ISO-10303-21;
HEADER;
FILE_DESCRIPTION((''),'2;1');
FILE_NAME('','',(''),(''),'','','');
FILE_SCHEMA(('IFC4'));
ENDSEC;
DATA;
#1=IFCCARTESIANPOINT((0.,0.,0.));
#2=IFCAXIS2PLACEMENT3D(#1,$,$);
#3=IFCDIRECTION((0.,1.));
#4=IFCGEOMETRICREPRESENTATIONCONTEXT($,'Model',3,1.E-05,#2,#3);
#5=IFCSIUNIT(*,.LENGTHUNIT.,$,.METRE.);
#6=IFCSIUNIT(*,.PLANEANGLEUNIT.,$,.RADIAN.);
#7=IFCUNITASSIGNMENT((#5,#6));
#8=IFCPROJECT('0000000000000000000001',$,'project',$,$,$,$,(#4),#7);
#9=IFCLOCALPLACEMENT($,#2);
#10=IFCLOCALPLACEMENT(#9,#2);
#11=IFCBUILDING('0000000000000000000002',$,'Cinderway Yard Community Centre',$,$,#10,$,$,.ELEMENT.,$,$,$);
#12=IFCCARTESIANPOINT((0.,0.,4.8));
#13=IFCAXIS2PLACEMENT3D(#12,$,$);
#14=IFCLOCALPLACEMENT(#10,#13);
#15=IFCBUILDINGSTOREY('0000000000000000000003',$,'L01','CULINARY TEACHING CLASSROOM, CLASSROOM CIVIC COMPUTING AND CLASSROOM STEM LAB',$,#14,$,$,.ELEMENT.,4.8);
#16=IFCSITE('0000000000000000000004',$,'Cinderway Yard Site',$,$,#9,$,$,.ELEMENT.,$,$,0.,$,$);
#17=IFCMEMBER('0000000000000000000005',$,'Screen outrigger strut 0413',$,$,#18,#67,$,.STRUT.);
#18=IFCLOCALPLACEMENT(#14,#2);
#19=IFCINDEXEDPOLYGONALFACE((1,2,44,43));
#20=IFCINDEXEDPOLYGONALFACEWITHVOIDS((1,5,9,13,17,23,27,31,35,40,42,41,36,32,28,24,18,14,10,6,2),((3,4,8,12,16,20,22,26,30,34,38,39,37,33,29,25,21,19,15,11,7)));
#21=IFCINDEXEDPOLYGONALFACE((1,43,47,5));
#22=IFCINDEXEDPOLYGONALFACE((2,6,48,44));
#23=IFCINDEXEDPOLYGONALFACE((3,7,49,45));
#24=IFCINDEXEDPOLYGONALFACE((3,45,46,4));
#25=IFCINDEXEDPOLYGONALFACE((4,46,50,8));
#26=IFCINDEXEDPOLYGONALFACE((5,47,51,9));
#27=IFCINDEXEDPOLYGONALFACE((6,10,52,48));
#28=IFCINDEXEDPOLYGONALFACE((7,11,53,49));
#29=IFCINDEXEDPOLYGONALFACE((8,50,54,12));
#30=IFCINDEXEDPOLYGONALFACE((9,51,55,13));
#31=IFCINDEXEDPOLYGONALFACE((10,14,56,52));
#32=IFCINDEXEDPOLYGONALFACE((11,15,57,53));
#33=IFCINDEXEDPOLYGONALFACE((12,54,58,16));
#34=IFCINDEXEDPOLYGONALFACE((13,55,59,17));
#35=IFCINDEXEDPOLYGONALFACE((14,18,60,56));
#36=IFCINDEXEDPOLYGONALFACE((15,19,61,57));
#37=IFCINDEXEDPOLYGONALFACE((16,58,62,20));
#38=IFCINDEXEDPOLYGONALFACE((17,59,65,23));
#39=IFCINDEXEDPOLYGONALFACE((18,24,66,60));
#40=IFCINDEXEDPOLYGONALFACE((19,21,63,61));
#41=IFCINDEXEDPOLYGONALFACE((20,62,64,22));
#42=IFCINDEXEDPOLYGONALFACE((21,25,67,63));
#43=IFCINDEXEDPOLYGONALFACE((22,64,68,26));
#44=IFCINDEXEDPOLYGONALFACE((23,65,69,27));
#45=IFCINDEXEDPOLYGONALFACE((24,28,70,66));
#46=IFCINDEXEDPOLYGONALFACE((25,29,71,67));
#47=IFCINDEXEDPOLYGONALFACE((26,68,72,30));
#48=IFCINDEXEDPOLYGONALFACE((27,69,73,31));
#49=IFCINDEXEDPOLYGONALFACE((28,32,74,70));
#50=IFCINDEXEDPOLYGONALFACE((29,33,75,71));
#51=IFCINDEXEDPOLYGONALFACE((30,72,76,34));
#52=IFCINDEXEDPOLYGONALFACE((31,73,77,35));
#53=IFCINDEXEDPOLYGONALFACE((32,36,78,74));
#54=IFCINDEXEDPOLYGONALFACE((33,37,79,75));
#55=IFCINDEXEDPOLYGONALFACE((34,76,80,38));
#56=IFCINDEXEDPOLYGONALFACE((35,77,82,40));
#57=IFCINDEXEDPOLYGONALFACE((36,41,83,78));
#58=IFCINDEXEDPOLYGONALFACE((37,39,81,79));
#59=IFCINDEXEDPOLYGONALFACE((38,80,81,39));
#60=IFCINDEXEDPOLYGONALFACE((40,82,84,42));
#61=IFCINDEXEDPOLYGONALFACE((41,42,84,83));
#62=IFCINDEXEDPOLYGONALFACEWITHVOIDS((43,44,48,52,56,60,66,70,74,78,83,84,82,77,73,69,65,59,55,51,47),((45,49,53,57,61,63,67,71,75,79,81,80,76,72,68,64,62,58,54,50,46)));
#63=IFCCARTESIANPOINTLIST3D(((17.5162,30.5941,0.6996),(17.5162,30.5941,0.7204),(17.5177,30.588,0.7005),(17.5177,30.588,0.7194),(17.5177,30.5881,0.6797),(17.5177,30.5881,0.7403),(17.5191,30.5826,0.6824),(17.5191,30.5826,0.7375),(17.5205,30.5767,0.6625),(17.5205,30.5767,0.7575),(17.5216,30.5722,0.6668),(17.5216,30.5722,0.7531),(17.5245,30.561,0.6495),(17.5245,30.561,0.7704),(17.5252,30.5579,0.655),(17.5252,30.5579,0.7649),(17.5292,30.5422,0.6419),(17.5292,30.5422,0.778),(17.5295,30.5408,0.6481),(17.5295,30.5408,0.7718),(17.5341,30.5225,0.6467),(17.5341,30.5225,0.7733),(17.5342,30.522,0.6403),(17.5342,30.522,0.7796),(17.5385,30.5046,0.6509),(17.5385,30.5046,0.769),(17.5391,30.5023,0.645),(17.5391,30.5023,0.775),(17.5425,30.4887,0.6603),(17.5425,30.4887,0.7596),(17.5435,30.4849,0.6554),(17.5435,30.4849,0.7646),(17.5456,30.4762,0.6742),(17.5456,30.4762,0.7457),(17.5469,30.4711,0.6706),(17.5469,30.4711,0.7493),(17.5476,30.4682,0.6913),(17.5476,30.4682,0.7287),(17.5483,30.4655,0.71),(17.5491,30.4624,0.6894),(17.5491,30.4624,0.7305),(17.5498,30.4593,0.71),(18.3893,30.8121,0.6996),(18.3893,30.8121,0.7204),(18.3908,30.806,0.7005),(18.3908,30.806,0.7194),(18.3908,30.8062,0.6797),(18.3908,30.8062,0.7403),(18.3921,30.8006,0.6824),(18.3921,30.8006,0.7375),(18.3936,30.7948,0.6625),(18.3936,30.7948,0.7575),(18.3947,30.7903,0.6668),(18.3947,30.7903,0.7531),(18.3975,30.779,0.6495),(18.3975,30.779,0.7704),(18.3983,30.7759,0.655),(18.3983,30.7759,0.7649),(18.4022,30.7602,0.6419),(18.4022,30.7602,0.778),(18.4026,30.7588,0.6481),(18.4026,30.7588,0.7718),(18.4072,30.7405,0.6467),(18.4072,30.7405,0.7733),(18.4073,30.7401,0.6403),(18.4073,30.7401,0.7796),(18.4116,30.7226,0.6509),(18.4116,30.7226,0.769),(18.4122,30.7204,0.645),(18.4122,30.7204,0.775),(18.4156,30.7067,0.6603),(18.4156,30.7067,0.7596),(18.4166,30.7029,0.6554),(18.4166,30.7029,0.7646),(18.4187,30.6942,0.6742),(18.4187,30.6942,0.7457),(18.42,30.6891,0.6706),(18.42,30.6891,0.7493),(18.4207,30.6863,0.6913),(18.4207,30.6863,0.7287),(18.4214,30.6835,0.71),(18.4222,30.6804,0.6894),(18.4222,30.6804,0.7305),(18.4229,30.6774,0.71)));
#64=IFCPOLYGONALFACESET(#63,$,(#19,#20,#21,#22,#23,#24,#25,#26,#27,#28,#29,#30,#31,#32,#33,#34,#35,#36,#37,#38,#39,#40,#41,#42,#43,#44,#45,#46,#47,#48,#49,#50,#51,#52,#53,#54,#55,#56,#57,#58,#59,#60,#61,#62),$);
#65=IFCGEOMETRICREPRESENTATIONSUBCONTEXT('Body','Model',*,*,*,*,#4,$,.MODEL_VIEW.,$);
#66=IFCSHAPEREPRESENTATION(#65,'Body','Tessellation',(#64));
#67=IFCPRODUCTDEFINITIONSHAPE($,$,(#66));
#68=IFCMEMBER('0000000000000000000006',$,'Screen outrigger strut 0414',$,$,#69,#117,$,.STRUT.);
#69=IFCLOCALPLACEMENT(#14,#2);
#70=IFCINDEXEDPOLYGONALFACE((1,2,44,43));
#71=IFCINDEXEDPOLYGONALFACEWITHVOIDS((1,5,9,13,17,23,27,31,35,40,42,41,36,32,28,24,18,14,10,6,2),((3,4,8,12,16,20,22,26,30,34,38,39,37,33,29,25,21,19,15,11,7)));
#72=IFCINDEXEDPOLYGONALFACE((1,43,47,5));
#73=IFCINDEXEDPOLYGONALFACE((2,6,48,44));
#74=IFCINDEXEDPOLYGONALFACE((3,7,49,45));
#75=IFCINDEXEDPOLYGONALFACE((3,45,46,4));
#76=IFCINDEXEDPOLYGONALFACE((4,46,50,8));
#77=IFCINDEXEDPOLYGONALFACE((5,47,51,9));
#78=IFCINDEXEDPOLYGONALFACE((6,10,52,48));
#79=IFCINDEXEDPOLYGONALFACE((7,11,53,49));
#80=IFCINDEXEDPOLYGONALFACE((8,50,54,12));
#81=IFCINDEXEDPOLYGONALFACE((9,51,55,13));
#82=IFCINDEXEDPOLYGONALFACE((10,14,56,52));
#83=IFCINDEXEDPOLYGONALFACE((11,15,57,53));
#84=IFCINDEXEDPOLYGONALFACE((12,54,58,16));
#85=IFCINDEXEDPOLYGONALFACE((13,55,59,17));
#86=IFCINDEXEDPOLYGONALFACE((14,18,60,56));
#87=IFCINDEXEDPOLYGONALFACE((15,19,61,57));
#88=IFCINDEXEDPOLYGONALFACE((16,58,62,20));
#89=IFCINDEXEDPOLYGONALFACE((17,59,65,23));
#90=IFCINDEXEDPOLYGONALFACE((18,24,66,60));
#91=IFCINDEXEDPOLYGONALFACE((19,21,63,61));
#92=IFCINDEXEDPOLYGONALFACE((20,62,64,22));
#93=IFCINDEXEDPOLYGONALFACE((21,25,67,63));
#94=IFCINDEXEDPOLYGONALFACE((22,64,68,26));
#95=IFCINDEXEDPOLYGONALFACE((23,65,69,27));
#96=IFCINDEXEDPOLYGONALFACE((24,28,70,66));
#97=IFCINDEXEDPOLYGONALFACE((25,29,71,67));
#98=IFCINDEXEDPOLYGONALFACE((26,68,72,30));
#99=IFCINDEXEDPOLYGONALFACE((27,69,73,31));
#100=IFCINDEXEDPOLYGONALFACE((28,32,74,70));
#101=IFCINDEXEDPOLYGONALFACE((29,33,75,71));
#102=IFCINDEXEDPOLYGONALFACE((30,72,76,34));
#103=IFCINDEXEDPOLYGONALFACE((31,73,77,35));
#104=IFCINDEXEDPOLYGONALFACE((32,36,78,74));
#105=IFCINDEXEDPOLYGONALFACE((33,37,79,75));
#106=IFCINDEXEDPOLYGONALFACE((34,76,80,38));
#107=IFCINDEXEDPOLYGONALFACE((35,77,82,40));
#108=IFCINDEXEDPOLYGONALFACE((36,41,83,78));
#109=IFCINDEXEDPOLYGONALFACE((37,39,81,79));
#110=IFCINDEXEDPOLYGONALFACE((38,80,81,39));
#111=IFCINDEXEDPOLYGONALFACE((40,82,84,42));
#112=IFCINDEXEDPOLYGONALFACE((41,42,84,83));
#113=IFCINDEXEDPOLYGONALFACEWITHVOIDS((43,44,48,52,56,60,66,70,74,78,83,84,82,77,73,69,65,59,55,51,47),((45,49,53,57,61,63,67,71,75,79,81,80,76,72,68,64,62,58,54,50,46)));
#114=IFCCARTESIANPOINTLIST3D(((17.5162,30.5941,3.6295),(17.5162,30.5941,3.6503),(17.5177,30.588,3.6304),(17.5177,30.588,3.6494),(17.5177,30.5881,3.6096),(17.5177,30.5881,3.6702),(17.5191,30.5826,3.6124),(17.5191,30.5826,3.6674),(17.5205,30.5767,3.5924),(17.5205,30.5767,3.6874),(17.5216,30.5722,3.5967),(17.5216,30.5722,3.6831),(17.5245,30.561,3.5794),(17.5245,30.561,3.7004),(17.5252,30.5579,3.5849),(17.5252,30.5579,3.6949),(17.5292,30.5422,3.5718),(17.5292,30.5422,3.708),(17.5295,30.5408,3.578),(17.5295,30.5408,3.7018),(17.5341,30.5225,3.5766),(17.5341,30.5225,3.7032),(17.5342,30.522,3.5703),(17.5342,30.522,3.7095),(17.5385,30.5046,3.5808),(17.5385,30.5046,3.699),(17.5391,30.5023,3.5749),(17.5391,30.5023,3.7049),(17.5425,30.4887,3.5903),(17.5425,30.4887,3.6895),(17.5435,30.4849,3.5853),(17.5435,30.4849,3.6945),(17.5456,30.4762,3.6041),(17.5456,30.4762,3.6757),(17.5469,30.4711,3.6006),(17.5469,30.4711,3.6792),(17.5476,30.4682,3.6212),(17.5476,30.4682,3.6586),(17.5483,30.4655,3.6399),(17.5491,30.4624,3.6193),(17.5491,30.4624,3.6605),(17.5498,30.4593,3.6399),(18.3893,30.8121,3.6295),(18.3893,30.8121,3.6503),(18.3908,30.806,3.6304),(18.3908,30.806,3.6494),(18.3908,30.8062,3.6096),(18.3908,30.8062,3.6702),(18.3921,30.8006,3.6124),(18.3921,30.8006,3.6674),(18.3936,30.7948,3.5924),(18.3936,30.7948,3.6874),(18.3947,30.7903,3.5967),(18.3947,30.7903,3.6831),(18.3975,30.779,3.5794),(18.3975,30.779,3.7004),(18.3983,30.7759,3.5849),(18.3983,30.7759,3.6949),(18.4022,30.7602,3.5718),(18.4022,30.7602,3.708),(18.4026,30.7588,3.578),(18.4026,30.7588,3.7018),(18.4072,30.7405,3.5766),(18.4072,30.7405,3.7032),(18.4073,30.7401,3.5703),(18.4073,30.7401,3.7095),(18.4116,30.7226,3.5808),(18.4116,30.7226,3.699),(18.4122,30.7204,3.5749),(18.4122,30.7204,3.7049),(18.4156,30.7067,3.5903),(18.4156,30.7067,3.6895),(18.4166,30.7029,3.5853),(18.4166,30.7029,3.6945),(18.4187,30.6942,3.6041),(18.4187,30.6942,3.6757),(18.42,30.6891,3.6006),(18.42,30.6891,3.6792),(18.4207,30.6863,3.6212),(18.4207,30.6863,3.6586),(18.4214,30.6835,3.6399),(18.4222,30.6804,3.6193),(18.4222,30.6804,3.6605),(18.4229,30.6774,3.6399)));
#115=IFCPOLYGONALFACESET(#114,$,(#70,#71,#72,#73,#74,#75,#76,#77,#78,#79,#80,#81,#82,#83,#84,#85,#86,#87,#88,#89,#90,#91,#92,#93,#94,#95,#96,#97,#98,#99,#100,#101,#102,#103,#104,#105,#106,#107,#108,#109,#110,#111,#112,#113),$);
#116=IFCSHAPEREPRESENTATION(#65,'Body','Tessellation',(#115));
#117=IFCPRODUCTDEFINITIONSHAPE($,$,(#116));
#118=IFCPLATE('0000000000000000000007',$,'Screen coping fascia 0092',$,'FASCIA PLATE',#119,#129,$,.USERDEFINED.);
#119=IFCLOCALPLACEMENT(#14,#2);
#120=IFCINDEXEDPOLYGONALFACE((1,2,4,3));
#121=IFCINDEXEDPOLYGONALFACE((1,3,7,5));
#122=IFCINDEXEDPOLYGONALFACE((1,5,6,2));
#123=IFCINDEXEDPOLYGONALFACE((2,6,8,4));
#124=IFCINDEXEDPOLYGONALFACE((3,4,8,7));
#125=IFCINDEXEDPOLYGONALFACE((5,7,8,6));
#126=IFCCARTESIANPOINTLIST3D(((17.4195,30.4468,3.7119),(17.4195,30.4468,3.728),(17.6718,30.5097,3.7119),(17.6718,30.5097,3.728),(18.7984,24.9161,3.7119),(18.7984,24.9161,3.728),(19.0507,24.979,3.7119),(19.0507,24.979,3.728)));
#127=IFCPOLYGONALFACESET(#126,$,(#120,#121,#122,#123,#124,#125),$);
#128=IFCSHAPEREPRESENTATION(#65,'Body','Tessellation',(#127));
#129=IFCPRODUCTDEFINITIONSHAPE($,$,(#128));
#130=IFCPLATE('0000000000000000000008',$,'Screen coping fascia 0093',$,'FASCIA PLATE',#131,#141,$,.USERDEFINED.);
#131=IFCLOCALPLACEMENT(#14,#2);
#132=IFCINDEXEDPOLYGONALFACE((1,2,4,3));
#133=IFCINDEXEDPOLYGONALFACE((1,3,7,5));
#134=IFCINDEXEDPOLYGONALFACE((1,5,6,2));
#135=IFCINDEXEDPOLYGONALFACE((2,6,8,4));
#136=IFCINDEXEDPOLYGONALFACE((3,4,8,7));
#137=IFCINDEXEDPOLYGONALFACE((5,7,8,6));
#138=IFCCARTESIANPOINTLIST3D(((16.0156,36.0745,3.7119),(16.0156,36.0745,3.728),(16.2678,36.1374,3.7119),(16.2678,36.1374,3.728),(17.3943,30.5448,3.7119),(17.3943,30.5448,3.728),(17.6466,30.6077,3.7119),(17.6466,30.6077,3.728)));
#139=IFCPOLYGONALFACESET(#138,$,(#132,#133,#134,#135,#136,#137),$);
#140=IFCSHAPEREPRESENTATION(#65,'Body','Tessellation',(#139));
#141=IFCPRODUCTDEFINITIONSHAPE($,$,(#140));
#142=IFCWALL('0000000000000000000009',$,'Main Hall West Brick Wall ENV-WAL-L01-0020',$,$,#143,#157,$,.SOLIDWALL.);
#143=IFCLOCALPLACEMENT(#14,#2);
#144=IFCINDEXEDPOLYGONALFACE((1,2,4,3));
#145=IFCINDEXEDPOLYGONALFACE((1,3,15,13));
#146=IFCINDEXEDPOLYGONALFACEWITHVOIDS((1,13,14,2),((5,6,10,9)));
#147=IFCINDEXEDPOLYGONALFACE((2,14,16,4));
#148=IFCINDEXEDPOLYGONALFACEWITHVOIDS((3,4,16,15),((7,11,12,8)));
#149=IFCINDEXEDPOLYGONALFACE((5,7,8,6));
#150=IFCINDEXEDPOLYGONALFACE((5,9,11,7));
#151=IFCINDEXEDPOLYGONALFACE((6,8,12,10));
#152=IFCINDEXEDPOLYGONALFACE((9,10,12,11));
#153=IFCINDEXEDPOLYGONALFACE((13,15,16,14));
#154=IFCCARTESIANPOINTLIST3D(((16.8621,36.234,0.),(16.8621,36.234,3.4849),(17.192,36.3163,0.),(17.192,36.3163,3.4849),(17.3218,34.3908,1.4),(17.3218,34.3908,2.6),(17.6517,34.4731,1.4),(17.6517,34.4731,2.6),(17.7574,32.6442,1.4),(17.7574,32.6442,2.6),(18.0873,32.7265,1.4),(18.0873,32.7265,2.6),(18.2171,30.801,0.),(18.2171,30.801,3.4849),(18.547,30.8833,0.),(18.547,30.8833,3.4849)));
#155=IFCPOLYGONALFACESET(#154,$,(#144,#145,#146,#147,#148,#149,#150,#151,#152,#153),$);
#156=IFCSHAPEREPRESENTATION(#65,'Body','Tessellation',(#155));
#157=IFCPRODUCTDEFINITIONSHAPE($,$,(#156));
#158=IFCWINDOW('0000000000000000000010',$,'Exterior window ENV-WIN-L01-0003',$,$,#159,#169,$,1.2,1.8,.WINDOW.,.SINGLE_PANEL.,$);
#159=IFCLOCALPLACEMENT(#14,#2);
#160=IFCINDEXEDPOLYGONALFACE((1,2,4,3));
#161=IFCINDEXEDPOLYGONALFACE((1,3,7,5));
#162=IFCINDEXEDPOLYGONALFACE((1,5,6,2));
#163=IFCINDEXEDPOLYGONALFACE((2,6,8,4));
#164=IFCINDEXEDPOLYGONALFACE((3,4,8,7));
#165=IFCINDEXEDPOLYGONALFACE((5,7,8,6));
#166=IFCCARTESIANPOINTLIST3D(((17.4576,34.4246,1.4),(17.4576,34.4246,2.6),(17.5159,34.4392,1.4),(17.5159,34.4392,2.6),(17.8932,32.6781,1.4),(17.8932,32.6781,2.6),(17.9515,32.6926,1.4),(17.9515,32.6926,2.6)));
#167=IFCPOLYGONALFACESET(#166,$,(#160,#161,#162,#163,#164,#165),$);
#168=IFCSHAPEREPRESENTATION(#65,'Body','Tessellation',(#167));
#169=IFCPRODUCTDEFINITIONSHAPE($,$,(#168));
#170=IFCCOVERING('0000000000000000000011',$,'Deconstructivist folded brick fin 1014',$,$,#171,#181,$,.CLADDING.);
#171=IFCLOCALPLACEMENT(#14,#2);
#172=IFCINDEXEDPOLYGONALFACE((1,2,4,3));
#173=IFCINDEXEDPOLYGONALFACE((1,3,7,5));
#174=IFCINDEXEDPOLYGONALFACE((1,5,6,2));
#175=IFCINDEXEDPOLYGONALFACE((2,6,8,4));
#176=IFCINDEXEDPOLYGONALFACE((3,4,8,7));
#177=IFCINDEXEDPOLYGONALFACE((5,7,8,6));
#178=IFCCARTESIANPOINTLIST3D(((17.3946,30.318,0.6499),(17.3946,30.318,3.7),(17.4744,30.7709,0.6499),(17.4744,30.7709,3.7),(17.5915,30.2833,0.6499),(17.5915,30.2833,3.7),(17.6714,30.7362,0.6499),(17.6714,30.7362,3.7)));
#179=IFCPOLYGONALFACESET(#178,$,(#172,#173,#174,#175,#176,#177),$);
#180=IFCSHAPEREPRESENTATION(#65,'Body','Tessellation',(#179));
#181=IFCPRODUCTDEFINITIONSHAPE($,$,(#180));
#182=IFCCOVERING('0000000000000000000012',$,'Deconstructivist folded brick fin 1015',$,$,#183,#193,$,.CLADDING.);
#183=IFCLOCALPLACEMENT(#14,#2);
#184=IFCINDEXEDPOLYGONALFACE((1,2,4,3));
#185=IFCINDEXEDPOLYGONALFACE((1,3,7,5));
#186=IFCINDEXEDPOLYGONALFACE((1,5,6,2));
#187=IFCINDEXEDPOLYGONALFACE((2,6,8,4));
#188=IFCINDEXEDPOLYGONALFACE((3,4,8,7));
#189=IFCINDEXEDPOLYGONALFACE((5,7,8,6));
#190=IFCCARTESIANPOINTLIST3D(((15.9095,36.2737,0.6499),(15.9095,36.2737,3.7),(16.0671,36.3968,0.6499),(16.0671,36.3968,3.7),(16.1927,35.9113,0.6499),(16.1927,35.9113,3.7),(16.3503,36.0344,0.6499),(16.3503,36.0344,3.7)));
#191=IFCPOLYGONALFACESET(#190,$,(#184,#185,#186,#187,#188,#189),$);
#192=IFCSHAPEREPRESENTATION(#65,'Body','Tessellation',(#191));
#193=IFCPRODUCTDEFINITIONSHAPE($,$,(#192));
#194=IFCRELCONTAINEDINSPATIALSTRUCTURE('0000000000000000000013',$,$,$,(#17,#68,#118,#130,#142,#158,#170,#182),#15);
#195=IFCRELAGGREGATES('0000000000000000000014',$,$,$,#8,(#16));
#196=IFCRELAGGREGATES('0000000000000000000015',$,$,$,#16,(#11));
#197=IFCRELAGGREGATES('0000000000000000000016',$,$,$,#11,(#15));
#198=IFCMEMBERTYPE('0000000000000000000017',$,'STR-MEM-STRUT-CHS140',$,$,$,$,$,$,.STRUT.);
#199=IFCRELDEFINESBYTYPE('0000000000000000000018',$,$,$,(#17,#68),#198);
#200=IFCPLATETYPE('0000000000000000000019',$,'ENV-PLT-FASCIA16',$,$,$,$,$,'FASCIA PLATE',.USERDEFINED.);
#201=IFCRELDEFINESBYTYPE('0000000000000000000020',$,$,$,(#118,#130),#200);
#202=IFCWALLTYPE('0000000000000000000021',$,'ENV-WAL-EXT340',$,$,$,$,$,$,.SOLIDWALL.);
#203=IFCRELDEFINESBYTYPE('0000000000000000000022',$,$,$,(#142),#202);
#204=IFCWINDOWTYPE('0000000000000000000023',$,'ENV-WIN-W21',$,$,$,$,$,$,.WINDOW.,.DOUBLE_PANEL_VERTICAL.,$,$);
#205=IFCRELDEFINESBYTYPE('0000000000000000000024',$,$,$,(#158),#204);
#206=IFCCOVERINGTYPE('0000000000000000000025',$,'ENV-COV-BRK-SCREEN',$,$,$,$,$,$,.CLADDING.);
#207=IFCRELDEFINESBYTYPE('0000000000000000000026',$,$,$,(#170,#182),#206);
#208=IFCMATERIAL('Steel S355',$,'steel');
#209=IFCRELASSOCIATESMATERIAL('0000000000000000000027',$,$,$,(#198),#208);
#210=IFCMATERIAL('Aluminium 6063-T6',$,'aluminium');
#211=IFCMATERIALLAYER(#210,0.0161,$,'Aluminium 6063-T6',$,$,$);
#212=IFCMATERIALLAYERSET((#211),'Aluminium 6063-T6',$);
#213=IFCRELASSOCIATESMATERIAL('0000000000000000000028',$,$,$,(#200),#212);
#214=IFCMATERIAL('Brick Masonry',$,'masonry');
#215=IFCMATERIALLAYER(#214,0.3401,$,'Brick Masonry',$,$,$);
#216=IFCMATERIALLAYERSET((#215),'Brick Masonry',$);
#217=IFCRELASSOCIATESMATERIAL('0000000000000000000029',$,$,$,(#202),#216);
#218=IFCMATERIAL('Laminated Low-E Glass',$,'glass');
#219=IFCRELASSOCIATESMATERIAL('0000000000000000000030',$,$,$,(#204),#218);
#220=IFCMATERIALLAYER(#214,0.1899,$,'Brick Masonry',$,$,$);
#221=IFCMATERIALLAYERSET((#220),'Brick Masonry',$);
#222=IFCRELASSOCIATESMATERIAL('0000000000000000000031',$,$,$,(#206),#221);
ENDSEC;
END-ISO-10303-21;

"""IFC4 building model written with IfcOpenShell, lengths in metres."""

from ifc_helpers import new_model, si_unit, direction, frame, frame_2d, origin, origin_2d, place, context, subcontext, project, spatial, rectangle, hollow_circle, extrude, material, layer, layer_set, material_profile, profile_set, type_object, element, fill, save


model = new_model("IFC4")

# Units and contexts
model_context = context("Model", 3, precision=1e-05, world=origin(), true_north=direction((0.0, 1.0)))
body_context = subcontext(model_context, "Body", "Model", "MODEL_VIEW")
ifc_project = project(units=[si_unit("LENGTHUNIT", "METRE"), si_unit("PLANEANGLEUNIT", "RADIAN")], contexts=[model_context])

# Site, building, storey
site_placement = place(None, origin())
site = spatial("IfcSite", under=ifc_project, at=site_placement, Name="Cinderway Yard Site", CompositionType="ELEMENT", RefElevation=0.0)
building_placement = place(site_placement, origin())
building = spatial("IfcBuilding", under=site, at=building_placement, Name="Cinderway Yard Community Centre", CompositionType="ELEMENT")
storey_placement = place(building_placement, frame((0.0, 0.0, 4.8)))
storey = spatial("IfcBuildingStorey", under=building, at=storey_placement, Name="L01", Description="CULINARY TEACHING CLASSROOM, CLASSROOM CIVIC COMPUTING AND CLASSROOM STEM LAB", CompositionType="ELEMENT", Elevation=4.8)

# Shared definitions
ifc_material_1 = material(Name="Steel S355", Category="steel")

# Members
ifc_material_profile_1 = material_profile(ifc_material_1, hollow_circle(Radius=0.0698, WallThickness=0.0063, at=origin_2d()), Name="Steel S355")
ifc_profile_set_1 = profile_set([ifc_material_profile_1], Name="Steel S355")
member_type_1 = type_object("IfcMemberType", Name="STR-MEM-STRUT-CHS140", PredefinedType="STRUT", material=ifc_profile_set_1)
for number, where, z_axis, x_axis, name in (
    (1, (18.406, 30.7451, 0.71), (-0.970206, -0.24228, 0.0), (0.24228, -0.970206, 0.0), "Screen outrigger strut 0413"),
    (2, (18.406, 30.7451, 3.6399), (-0.970206, -0.24228, 0.0), (0.24228, -0.970206, 0.0), "Screen outrigger strut 0414"),
):
    element("IfcMember", number, at=place(storey_placement, frame(where, z_axis=z_axis, x_axis=x_axis)), inside=storey, type_object=member_type_1, Name=name, PredefinedType="STRUT", context=body_context, shape_type="SweptSolid", body=[
        extrude(hollow_circle(Radius=0.0698, WallThickness=0.0063, at=origin_2d()), origin(), (0.0, 0.0, 1.0), 0.8999),
    ])

# Plates
ifc_material_2 = material(Name="Aluminium 6063-T6", Category="aluminium")
ifc_layer_1 = layer(ifc_material_2, 0.0161, Name="Aluminium 6063-T6")
ifc_layer_set_1 = layer_set([ifc_layer_1], Name="Aluminium 6063-T6")
plate_type = type_object("IfcPlateType", Name="ENV-PLT-FASCIA16", ElementType="FASCIA PLATE", PredefinedType="USERDEFINED", material=ifc_layer_set_1)
plate_1_placement = place(storey_placement, frame((18.2351, 27.7129, 3.7119), z_axis=(0.0, 0.0, 1.0), x_axis=(-0.241922, 0.970296, 0.0)))
element("IfcPlate", 3, at=plate_1_placement, inside=storey, type_object=plate_type, Name="Screen coping fascia 0092", ObjectType="FASCIA PLATE", PredefinedType="USERDEFINED", context=body_context, shape_type="SweptSolid", body=[
    extrude(rectangle(XDim=5.7, YDim=0.26, at=origin_2d()), origin(), (0.0, 0.0, 1.0), 0.0161),
])
plate_2_placement = place(storey_placement, frame((16.8311, 33.3411, 3.7119), z_axis=(0.0, 0.0, 1.0), x_axis=(-0.241922, 0.970296, 0.0)))
element("IfcPlate", 4, at=plate_2_placement, inside=storey, type_object=plate_type, Name="Screen coping fascia 0093", ObjectType="FASCIA PLATE", PredefinedType="USERDEFINED", context=body_context, shape_type="SweptSolid", body=[
    extrude(rectangle(XDim=5.699, YDim=0.26, at=origin_2d()), origin(), (0.0, 0.0, 1.0), 0.0161),
])

# Wall, opening, window
ifc_material_3 = material(Name="Brick Masonry", Category="masonry")
ifc_layer_2 = layer(ifc_material_3, 0.3401, Name="Brick Masonry")
ifc_layer_set_2 = layer_set([ifc_layer_2], Name="Brick Masonry")
wall_type = type_object("IfcWallType", Name="ENV-WAL-EXT340", PredefinedType="SOLIDWALL", material=ifc_layer_set_2)
wall_placement = place(storey_placement, frame((18.3821, 30.842, 0.0), z_axis=(0.0, 0.0, 1.0), x_axis=(-0.241992, 0.970278, 0.0)))
wall = element("IfcWall", 5, at=wall_placement, inside=storey, type_object=wall_type, Name="Main Hall West Brick Wall ENV-WAL-L01-0020", PredefinedType="SOLIDWALL", context=body_context, shape_type="SweptSolid", body=[
    extrude(rectangle(XDim=5.5994, YDim=0.3401, at=frame_2d((2.7998, 0.0))), origin(), (0.0, 0.0, 1.0), 3.4849),
])
opening_placement = place(wall_placement, frame((1.8999, 0.0, 1.3999)))
opening = element("IfcOpeningElement", 6, at=opening_placement, cuts=wall, PredefinedType="OPENING", context=body_context, shape_type="SweptSolid", body=[
    extrude(rectangle(XDim=1.8, YDim=1.2, at=frame_2d((0.8999, 0.6001))), frame((0.0, 0.1799, 0.0), z_axis=(0.0, -1.0, 0.0), x_axis=(1.0, 0.0, 0.0)), (0.0, 0.0, 1.0), 0.3601),
])
ifc_material_4 = material(Name="Laminated Low-E Glass", Category="glass")
window_type = type_object("IfcWindowType", Name="ENV-WIN-W21", PartitioningType="DOUBLE_PANEL_VERTICAL", PredefinedType="WINDOW", material=ifc_material_4)
window_placement = place(opening_placement, origin())
window = element("IfcWindow", 7, at=window_placement, inside=storey, type_object=window_type, Name="Exterior window ENV-WIN-L01-0003", OverallHeight=1.2, OverallWidth=1.8, PartitioningType="SINGLE_PANEL", PredefinedType="WINDOW", context=body_context, shape_type="SweptSolid", body=[
    extrude(rectangle(XDim=1.8, YDim=1.2, at=frame_2d((0.8999, 0.6001))), frame((0.0, 0.03, 0.0), z_axis=(0.0, -1.0, 0.0), x_axis=(1.0, 0.0, 0.0)), (0.0, 0.0, 1.0), 0.0601),
])
fill(opening, window)

# Coverings
ifc_layer_3 = layer(ifc_material_3, 0.1899, Name="Brick Masonry")
ifc_layer_set_3 = layer_set([ifc_layer_3], Name="Brick Masonry")
covering_type = type_object("IfcCoveringType", Name="ENV-COV-BRK-SCREEN", PredefinedType="CLADDING", material=ifc_layer_set_3)
for number, where, z_axis, x_axis, name in (
    (8, (17.533, 30.5271, 0.6499), (0.0, 0.0, 1.0), (0.173648, 0.984808, 0.0), "Deconstructivist folded brick fin 1014"),
    (9, (16.1299, 36.1541, 0.6499), (0.0, 0.0, 1.0), (-0.615661, 0.788011, 0.0), "Deconstructivist folded brick fin 1015"),
):
    element("IfcCovering", number, at=place(storey_placement, frame(where, z_axis=z_axis, x_axis=x_axis)), inside=storey, type_object=covering_type, Name=name, PredefinedType="CLADDING", context=body_context, shape_type="SweptSolid", body=[
        extrude(rectangle(XDim=0.46, YDim=0.2, at=origin_2d()), origin(), (0.0, 0.0, 1.0), 3.05),
    ])

save(model, "model.ifc")
